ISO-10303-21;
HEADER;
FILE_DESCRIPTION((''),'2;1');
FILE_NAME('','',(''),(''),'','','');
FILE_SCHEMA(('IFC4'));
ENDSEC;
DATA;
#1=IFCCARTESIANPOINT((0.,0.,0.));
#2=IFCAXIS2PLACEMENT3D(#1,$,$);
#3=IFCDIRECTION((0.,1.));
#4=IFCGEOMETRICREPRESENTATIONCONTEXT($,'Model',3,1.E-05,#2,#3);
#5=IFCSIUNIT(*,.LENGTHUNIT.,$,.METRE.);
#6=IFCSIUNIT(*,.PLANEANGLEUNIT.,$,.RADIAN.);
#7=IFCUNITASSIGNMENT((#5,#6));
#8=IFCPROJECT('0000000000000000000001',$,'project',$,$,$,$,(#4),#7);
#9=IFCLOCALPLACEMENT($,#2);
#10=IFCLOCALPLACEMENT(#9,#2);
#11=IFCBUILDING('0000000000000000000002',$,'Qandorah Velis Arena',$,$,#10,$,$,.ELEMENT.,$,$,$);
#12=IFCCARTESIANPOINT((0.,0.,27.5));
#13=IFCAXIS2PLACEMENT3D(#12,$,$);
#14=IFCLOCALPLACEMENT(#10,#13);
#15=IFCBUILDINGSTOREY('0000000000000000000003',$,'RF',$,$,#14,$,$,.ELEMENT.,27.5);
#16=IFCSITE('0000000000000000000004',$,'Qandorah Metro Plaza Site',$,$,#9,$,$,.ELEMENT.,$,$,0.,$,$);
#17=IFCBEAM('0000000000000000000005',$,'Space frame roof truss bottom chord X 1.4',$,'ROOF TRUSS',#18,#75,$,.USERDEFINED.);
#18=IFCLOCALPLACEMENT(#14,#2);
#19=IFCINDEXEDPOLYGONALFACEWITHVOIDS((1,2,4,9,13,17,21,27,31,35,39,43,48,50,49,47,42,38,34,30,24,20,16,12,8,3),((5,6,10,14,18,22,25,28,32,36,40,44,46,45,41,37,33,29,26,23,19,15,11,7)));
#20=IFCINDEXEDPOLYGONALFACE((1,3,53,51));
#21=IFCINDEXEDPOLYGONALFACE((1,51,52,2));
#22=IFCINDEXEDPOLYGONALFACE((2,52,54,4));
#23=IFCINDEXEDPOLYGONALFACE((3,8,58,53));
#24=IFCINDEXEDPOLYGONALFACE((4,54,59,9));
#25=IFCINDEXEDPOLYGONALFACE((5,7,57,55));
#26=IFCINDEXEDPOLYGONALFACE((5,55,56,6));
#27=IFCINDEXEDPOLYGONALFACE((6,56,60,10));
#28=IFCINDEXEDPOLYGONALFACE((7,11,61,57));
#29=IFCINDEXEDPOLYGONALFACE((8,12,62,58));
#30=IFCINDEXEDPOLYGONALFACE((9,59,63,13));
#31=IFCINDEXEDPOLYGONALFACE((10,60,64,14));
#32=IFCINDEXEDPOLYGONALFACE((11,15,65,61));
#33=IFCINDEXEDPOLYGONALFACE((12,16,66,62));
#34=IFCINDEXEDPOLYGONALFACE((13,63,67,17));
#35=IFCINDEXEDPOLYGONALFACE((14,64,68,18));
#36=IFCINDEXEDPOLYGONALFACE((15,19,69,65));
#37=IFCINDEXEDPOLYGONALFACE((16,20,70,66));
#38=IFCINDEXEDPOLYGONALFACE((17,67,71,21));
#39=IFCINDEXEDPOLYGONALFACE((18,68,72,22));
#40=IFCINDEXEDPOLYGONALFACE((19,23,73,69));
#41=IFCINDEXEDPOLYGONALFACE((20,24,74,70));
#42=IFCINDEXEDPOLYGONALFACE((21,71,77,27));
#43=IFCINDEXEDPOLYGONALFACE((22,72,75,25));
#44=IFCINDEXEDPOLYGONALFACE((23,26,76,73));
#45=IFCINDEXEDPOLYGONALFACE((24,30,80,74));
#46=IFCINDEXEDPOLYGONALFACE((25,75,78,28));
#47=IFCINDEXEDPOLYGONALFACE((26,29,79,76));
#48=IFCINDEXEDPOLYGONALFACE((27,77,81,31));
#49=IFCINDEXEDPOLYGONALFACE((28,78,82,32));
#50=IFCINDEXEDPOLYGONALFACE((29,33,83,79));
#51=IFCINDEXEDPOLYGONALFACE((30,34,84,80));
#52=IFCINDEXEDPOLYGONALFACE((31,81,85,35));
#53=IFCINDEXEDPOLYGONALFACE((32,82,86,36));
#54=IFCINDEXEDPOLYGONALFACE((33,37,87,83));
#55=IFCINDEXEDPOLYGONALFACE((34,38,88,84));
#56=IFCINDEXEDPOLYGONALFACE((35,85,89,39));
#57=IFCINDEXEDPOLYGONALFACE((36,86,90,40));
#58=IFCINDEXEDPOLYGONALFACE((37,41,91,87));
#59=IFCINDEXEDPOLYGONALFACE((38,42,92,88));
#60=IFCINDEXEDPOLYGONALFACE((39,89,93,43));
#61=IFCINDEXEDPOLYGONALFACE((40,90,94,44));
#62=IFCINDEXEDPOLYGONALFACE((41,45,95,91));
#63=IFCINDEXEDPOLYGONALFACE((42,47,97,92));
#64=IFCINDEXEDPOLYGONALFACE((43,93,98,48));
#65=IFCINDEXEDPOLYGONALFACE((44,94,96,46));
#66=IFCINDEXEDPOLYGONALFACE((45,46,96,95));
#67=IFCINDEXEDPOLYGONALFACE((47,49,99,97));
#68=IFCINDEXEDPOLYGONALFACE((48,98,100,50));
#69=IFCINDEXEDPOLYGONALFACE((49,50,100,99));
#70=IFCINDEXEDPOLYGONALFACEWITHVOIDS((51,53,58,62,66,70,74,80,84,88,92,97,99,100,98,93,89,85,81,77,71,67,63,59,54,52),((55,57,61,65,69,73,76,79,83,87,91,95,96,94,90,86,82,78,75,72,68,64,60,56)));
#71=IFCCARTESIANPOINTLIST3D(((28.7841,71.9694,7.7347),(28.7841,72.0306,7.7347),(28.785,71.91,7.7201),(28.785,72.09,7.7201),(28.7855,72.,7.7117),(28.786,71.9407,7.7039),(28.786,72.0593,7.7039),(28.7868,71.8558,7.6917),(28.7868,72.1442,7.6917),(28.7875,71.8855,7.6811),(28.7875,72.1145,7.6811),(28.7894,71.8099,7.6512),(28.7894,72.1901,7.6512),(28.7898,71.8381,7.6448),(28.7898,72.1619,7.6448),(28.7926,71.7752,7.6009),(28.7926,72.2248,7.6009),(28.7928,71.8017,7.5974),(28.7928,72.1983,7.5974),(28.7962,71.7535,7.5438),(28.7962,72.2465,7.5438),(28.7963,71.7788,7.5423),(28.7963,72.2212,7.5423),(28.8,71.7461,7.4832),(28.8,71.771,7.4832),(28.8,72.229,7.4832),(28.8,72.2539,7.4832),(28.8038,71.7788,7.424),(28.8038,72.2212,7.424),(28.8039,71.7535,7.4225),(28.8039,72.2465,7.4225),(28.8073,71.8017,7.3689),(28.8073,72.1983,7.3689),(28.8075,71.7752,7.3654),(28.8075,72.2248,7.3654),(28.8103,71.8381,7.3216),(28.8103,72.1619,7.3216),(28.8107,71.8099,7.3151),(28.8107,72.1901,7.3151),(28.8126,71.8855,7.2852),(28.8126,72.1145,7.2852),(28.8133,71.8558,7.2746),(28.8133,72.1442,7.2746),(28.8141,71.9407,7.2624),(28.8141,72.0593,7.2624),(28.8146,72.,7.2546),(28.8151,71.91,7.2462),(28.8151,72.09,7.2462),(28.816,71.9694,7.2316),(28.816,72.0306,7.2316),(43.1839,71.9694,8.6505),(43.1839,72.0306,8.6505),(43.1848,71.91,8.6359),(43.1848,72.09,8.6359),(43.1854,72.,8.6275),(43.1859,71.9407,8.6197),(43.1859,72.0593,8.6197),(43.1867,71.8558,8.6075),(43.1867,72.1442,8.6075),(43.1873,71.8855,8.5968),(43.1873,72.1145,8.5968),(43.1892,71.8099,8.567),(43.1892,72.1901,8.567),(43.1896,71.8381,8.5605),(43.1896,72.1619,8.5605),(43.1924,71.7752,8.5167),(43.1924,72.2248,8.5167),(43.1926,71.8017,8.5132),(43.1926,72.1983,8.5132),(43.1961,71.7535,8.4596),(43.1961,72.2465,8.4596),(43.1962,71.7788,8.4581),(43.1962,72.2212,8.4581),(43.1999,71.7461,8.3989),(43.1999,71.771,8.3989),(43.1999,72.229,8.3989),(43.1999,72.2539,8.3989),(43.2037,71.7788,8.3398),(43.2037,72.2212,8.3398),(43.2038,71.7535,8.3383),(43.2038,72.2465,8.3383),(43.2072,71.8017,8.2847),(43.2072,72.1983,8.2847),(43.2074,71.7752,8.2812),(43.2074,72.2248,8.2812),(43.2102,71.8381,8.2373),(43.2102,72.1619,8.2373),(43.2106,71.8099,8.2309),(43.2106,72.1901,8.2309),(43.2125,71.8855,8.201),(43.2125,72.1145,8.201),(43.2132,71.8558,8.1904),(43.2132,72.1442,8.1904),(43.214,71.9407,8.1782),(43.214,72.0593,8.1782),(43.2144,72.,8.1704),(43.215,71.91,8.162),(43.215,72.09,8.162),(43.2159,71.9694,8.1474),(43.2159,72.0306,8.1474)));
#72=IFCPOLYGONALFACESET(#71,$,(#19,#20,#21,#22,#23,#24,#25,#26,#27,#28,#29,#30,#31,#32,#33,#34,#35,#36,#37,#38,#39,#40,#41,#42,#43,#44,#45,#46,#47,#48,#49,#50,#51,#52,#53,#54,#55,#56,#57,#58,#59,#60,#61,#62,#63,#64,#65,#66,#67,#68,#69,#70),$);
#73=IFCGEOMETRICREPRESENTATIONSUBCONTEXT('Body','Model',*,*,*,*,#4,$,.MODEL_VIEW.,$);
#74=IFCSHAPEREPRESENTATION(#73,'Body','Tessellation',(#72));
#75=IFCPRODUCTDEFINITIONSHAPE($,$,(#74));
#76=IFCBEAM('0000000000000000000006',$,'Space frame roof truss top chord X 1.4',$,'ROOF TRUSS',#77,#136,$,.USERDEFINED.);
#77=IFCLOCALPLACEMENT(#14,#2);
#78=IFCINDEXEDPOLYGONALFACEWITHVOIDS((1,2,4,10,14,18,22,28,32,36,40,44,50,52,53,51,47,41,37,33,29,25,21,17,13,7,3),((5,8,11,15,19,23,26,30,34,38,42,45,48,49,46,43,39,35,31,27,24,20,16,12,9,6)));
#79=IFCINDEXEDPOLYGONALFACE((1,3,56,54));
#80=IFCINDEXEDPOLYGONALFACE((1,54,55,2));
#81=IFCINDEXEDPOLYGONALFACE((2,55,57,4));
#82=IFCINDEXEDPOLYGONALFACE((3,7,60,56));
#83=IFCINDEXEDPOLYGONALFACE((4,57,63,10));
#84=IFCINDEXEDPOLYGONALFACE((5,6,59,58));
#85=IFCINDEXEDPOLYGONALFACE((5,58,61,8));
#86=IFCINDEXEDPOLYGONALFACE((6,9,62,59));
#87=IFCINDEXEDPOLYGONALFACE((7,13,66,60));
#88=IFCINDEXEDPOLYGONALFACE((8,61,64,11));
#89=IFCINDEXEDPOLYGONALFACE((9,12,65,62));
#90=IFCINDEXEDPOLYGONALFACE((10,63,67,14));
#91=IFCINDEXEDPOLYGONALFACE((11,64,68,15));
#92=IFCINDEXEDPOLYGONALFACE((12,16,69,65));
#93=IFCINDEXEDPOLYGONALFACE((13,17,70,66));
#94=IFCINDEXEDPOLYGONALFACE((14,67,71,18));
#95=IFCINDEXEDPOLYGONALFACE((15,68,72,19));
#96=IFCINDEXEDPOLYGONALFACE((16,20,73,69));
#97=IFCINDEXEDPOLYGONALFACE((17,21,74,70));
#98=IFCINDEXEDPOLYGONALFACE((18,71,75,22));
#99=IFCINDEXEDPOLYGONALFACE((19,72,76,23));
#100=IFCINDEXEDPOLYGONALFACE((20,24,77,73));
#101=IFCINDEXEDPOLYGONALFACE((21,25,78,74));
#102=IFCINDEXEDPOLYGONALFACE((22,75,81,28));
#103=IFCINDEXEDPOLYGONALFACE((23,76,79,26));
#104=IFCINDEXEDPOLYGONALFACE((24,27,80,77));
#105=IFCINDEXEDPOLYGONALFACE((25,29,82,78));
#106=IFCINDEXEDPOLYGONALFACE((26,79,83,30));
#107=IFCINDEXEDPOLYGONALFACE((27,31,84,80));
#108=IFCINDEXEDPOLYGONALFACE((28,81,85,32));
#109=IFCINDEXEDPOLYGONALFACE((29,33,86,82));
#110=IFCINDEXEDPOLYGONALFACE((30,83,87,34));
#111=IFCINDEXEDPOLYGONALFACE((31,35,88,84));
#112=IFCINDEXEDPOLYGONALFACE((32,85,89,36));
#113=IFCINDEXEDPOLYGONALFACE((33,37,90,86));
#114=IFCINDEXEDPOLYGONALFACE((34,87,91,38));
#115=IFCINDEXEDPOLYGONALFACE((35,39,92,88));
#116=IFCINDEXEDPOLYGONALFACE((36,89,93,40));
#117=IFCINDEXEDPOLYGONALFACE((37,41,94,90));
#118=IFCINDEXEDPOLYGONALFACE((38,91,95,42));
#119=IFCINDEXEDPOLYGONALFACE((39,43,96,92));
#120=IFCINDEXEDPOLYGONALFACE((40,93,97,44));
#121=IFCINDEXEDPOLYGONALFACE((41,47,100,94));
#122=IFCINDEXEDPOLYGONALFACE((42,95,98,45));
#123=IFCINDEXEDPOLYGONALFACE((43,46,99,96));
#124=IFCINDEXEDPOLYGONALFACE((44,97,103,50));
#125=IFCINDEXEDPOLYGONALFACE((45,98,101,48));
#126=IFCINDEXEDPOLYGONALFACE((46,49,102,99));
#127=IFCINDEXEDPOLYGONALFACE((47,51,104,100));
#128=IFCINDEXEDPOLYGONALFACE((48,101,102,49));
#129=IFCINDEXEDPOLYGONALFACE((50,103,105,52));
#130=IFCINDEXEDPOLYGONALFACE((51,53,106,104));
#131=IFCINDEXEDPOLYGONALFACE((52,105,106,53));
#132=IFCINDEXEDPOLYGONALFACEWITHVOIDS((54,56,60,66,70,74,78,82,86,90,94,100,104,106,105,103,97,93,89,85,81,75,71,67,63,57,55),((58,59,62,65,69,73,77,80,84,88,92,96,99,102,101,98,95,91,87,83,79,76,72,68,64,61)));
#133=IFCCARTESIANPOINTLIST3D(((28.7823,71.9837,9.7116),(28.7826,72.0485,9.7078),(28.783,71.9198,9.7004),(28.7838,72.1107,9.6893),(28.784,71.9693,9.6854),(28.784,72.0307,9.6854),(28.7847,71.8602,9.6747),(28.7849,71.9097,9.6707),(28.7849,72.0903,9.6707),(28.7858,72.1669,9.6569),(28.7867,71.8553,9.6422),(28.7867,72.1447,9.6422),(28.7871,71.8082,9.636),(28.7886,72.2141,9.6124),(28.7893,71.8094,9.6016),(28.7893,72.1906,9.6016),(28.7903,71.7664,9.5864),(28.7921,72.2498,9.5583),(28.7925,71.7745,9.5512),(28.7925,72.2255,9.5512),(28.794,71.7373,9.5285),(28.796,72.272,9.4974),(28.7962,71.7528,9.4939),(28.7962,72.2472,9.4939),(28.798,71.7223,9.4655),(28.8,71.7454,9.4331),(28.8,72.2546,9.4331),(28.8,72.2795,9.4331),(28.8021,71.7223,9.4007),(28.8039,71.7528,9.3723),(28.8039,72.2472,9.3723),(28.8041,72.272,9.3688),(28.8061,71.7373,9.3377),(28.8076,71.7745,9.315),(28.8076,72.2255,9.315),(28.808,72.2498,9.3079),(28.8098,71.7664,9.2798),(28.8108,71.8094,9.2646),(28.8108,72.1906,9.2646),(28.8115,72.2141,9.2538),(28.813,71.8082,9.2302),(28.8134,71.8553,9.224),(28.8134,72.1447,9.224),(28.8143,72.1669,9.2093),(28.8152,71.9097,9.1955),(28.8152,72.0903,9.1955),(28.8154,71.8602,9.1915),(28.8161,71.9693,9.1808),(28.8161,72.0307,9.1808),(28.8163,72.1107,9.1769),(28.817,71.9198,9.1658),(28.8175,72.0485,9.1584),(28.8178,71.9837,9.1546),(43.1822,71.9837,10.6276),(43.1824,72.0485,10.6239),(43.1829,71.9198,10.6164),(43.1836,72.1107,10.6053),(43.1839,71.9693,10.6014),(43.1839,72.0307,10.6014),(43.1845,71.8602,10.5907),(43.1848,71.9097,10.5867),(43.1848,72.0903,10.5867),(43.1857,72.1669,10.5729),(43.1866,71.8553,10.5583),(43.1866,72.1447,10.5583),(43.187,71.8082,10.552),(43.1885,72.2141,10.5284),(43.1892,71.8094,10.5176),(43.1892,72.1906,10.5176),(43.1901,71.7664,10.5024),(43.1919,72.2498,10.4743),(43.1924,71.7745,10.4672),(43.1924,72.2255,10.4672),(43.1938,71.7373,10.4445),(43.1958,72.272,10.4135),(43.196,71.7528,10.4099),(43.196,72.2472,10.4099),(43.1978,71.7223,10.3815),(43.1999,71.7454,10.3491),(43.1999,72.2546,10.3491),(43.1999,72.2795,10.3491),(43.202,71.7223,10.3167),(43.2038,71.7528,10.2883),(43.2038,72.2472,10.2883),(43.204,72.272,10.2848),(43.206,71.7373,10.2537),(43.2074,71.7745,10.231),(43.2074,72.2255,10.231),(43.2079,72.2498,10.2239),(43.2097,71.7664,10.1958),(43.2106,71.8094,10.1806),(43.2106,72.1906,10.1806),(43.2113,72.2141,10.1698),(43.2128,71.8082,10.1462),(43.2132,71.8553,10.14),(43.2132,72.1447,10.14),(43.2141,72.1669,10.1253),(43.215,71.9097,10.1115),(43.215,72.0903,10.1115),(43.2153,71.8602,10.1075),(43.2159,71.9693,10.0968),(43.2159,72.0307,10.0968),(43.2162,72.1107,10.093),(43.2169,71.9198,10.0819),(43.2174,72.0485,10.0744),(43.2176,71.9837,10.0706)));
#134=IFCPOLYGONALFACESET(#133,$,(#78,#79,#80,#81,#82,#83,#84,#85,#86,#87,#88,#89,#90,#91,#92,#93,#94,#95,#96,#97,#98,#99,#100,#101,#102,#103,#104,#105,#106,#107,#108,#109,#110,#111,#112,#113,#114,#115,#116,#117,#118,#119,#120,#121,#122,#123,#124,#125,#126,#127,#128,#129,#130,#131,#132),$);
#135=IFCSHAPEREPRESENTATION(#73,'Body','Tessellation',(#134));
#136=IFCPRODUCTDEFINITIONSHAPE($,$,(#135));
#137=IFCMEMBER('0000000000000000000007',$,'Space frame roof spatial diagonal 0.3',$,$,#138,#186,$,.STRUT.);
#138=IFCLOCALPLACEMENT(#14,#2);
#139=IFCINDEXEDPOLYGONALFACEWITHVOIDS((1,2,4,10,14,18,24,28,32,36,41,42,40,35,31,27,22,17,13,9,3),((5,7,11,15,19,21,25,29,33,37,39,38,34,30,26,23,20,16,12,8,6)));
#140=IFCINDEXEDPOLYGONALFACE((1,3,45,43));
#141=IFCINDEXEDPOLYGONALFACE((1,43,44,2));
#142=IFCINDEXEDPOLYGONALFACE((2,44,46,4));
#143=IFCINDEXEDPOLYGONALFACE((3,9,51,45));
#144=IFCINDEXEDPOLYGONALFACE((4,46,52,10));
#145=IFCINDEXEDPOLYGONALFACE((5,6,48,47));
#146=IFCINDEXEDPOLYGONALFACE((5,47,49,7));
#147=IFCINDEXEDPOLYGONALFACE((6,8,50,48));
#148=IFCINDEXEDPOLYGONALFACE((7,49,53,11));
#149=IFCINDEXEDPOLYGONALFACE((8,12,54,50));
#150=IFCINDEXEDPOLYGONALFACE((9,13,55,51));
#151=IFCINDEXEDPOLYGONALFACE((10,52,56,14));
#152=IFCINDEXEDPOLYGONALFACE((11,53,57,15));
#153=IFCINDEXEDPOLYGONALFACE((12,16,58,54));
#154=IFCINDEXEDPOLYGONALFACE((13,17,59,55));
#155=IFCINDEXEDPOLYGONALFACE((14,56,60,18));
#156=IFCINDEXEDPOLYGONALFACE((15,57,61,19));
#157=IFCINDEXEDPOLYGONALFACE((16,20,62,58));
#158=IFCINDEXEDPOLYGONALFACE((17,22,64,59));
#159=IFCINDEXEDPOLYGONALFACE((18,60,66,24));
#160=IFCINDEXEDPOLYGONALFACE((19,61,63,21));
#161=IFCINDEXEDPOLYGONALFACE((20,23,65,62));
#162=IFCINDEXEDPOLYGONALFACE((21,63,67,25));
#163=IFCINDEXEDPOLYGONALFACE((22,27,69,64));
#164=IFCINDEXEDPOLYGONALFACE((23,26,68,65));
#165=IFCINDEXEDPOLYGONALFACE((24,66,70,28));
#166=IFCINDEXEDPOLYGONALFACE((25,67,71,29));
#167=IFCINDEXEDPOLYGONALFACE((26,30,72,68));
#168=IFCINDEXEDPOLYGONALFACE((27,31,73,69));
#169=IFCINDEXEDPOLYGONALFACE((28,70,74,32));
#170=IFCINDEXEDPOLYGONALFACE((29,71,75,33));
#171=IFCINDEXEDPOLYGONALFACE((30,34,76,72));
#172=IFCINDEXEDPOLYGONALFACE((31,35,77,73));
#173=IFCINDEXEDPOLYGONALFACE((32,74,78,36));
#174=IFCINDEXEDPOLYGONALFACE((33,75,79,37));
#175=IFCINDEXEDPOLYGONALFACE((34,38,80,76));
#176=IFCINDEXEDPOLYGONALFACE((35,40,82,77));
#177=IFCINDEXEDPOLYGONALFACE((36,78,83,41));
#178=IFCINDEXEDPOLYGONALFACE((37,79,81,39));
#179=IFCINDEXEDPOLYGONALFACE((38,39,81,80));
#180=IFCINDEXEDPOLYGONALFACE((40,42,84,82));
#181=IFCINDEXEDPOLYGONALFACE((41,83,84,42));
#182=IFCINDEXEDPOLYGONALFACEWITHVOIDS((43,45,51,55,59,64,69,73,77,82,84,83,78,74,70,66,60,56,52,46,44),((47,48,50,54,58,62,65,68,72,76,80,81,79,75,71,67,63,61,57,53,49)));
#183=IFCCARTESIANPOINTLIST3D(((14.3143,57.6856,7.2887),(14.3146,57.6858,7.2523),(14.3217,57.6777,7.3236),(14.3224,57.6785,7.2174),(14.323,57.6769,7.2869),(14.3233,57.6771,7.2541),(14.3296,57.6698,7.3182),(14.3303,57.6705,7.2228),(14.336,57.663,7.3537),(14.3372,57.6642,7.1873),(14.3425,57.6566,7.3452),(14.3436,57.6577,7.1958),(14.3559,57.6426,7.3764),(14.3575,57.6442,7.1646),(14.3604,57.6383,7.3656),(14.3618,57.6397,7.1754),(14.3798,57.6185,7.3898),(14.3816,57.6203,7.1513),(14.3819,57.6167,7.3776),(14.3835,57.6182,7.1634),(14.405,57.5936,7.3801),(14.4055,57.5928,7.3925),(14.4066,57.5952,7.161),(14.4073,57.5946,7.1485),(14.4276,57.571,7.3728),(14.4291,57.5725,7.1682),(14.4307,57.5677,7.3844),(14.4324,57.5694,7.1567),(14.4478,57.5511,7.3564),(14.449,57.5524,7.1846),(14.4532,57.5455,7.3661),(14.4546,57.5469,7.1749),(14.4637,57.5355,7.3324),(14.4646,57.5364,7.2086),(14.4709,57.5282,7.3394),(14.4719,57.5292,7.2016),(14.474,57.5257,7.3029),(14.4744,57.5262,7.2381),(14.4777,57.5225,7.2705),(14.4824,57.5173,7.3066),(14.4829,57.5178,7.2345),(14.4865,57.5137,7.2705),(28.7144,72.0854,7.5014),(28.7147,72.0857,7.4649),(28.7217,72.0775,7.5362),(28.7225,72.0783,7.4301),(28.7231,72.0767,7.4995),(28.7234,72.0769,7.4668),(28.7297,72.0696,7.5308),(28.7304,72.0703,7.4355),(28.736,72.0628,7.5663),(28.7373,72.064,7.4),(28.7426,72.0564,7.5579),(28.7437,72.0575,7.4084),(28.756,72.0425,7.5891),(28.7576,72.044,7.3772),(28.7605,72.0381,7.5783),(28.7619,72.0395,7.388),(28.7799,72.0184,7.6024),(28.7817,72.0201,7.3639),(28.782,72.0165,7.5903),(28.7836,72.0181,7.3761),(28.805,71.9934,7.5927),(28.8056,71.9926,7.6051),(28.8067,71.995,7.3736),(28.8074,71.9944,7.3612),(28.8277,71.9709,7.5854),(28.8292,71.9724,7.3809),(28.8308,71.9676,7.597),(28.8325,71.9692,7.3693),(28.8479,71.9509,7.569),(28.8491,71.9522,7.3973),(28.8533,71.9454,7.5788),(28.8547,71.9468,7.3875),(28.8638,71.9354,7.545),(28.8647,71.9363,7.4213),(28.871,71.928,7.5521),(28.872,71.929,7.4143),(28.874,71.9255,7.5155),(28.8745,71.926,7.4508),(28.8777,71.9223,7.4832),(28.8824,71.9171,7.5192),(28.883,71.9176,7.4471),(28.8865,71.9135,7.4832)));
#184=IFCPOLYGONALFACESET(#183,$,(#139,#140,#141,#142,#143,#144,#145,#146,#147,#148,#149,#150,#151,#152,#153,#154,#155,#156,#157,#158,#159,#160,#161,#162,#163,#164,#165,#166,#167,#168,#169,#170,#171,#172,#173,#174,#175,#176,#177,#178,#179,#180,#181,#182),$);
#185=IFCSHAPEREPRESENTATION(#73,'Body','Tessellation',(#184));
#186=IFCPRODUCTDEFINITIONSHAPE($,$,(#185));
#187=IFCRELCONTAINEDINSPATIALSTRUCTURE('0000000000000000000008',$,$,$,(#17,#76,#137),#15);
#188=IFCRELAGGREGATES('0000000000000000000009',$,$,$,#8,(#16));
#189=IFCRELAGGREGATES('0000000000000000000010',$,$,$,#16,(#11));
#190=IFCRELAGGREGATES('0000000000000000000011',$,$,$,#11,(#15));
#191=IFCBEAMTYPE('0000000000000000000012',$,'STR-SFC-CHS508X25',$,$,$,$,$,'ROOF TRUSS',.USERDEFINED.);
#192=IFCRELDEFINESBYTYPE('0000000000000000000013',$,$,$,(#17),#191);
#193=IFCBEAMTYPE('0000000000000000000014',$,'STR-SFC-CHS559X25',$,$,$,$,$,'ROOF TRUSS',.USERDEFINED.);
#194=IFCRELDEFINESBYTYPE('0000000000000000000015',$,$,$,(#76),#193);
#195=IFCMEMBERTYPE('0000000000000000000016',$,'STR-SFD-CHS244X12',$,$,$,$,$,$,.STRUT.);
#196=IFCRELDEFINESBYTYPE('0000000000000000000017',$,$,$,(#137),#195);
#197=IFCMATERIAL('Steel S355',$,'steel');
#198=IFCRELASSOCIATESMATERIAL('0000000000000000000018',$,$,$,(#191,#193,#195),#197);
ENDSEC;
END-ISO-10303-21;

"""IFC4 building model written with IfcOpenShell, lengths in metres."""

from ifc_helpers import new_model, si_unit, direction, frame, origin, origin_2d, place, context, subcontext, project, spatial, hollow_circle, extrude, material, material_profile, profile_set, type_object, element, save


model = new_model("IFC4")

# Units and contexts
model_context = context("Model", 3, precision=1e-05, world=origin(), true_north=direction((0.0, 1.0)))
body_context = subcontext(model_context, "Body", "Model", "MODEL_VIEW")
ifc_project = project(units=[si_unit("LENGTHUNIT", "METRE"), si_unit("PLANEANGLEUNIT", "RADIAN")], contexts=[model_context])

# Site, building, storey
site_placement = place(None, origin())
site = spatial("IfcSite", under=ifc_project, at=site_placement, Name="Qandorah Metro Plaza Site", CompositionType="ELEMENT", RefElevation=0.0)
building_placement = place(site_placement, origin())
building = spatial("IfcBuilding", under=site, at=building_placement, Name="Qandorah Velis Arena", CompositionType="ELEMENT")
storey_placement = place(building_placement, frame((0.0, 0.0, 27.5)))
storey = spatial("IfcBuildingStorey", under=building, at=storey_placement, Name="RF", CompositionType="ELEMENT", Elevation=27.5)

# Shared definitions
ifc_material_1 = material(Name="Steel S355", Category="steel")

# Beams
ifc_material_profile_1 = material_profile(ifc_material_1, hollow_circle(Radius=0.2539, WallThickness=0.0249, at=origin_2d()), Name="CHS 508x25")
ifc_profile_set_1 = profile_set([ifc_material_profile_1], Name="Steel S355")
beam_type_1 = type_object("IfcBeamType", Name="STR-SFC-CHS508X25", ElementType="ROOF TRUSS", PredefinedType="USERDEFINED", material=ifc_profile_set_1)
beam_1_placement = place(storey_placement, frame((28.8, 72.0, 7.4832), z_axis=(0.997984, 0.0, 0.063467), x_axis=(0.0, 1.0, 0.0)))
element("IfcBeam", 1, at=beam_1_placement, inside=storey, type_object=beam_type_1, Name="Space frame roof truss bottom chord X 1.4", ObjectType="ROOF TRUSS", PredefinedType="USERDEFINED", context=body_context, shape_type="SweptSolid", body=[
    extrude(hollow_circle(Radius=0.2539, WallThickness=0.0249, at=origin_2d()), origin(), (0.0, 0.0, 1.0), 14.429),
])
ifc_material_profile_2 = material_profile(ifc_material_1, hollow_circle(Radius=0.2795, WallThickness=0.0249, at=origin_2d()), Name="CHS 559x25")
ifc_profile_set_2 = profile_set([ifc_material_profile_2], Name="Steel S355")
beam_type_2 = type_object("IfcBeamType", Name="STR-SFC-CHS559X25", ElementType="ROOF TRUSS", PredefinedType="USERDEFINED", material=ifc_profile_set_2)
beam_2_placement = place(storey_placement, frame((28.8, 72.0, 9.4331), z_axis=(0.997983, 0.0, 0.063484), x_axis=(0.0, 1.0, 0.0)))
element("IfcBeam", 2, at=beam_2_placement, inside=storey, type_object=beam_type_2, Name="Space frame roof truss top chord X 1.4", ObjectType="ROOF TRUSS", PredefinedType="USERDEFINED", context=body_context, shape_type="SweptSolid", body=[
    extrude(hollow_circle(Radius=0.2795, WallThickness=0.0249, at=origin_2d()), origin(), (0.0, 0.0, 1.0), 14.429),
])

# Member
ifc_material_profile_3 = material_profile(ifc_material_1, hollow_circle(Radius=0.1223, WallThickness=0.0125, at=origin_2d()), Name="CHS 244.5x12.5")
ifc_profile_set_3 = profile_set([ifc_material_profile_3], Name="Steel S355")
member_type_1 = type_object("IfcMemberType", Name="STR-SFD-CHS244X12", PredefinedType="STRUT", material=ifc_profile_set_3)
member_1_placement = place(storey_placement, frame((28.8, 72.0, 7.4832), z_axis=(-0.707074, -0.707062, -0.010441), x_axis=(0.707101, -0.707113, 0.0)))
element("IfcMember", 3, at=member_1_placement, inside=storey, type_object=member_type_1, Name="Space frame roof spatial diagonal 0.3", PredefinedType="STRUT", context=body_context, shape_type="SweptSolid", body=[
    extrude(hollow_circle(Radius=0.1223, WallThickness=0.0125, at=origin_2d()), origin(), (0.0, 0.0, 1.0), 20.3657),
])

save(model, "model.ifc")
